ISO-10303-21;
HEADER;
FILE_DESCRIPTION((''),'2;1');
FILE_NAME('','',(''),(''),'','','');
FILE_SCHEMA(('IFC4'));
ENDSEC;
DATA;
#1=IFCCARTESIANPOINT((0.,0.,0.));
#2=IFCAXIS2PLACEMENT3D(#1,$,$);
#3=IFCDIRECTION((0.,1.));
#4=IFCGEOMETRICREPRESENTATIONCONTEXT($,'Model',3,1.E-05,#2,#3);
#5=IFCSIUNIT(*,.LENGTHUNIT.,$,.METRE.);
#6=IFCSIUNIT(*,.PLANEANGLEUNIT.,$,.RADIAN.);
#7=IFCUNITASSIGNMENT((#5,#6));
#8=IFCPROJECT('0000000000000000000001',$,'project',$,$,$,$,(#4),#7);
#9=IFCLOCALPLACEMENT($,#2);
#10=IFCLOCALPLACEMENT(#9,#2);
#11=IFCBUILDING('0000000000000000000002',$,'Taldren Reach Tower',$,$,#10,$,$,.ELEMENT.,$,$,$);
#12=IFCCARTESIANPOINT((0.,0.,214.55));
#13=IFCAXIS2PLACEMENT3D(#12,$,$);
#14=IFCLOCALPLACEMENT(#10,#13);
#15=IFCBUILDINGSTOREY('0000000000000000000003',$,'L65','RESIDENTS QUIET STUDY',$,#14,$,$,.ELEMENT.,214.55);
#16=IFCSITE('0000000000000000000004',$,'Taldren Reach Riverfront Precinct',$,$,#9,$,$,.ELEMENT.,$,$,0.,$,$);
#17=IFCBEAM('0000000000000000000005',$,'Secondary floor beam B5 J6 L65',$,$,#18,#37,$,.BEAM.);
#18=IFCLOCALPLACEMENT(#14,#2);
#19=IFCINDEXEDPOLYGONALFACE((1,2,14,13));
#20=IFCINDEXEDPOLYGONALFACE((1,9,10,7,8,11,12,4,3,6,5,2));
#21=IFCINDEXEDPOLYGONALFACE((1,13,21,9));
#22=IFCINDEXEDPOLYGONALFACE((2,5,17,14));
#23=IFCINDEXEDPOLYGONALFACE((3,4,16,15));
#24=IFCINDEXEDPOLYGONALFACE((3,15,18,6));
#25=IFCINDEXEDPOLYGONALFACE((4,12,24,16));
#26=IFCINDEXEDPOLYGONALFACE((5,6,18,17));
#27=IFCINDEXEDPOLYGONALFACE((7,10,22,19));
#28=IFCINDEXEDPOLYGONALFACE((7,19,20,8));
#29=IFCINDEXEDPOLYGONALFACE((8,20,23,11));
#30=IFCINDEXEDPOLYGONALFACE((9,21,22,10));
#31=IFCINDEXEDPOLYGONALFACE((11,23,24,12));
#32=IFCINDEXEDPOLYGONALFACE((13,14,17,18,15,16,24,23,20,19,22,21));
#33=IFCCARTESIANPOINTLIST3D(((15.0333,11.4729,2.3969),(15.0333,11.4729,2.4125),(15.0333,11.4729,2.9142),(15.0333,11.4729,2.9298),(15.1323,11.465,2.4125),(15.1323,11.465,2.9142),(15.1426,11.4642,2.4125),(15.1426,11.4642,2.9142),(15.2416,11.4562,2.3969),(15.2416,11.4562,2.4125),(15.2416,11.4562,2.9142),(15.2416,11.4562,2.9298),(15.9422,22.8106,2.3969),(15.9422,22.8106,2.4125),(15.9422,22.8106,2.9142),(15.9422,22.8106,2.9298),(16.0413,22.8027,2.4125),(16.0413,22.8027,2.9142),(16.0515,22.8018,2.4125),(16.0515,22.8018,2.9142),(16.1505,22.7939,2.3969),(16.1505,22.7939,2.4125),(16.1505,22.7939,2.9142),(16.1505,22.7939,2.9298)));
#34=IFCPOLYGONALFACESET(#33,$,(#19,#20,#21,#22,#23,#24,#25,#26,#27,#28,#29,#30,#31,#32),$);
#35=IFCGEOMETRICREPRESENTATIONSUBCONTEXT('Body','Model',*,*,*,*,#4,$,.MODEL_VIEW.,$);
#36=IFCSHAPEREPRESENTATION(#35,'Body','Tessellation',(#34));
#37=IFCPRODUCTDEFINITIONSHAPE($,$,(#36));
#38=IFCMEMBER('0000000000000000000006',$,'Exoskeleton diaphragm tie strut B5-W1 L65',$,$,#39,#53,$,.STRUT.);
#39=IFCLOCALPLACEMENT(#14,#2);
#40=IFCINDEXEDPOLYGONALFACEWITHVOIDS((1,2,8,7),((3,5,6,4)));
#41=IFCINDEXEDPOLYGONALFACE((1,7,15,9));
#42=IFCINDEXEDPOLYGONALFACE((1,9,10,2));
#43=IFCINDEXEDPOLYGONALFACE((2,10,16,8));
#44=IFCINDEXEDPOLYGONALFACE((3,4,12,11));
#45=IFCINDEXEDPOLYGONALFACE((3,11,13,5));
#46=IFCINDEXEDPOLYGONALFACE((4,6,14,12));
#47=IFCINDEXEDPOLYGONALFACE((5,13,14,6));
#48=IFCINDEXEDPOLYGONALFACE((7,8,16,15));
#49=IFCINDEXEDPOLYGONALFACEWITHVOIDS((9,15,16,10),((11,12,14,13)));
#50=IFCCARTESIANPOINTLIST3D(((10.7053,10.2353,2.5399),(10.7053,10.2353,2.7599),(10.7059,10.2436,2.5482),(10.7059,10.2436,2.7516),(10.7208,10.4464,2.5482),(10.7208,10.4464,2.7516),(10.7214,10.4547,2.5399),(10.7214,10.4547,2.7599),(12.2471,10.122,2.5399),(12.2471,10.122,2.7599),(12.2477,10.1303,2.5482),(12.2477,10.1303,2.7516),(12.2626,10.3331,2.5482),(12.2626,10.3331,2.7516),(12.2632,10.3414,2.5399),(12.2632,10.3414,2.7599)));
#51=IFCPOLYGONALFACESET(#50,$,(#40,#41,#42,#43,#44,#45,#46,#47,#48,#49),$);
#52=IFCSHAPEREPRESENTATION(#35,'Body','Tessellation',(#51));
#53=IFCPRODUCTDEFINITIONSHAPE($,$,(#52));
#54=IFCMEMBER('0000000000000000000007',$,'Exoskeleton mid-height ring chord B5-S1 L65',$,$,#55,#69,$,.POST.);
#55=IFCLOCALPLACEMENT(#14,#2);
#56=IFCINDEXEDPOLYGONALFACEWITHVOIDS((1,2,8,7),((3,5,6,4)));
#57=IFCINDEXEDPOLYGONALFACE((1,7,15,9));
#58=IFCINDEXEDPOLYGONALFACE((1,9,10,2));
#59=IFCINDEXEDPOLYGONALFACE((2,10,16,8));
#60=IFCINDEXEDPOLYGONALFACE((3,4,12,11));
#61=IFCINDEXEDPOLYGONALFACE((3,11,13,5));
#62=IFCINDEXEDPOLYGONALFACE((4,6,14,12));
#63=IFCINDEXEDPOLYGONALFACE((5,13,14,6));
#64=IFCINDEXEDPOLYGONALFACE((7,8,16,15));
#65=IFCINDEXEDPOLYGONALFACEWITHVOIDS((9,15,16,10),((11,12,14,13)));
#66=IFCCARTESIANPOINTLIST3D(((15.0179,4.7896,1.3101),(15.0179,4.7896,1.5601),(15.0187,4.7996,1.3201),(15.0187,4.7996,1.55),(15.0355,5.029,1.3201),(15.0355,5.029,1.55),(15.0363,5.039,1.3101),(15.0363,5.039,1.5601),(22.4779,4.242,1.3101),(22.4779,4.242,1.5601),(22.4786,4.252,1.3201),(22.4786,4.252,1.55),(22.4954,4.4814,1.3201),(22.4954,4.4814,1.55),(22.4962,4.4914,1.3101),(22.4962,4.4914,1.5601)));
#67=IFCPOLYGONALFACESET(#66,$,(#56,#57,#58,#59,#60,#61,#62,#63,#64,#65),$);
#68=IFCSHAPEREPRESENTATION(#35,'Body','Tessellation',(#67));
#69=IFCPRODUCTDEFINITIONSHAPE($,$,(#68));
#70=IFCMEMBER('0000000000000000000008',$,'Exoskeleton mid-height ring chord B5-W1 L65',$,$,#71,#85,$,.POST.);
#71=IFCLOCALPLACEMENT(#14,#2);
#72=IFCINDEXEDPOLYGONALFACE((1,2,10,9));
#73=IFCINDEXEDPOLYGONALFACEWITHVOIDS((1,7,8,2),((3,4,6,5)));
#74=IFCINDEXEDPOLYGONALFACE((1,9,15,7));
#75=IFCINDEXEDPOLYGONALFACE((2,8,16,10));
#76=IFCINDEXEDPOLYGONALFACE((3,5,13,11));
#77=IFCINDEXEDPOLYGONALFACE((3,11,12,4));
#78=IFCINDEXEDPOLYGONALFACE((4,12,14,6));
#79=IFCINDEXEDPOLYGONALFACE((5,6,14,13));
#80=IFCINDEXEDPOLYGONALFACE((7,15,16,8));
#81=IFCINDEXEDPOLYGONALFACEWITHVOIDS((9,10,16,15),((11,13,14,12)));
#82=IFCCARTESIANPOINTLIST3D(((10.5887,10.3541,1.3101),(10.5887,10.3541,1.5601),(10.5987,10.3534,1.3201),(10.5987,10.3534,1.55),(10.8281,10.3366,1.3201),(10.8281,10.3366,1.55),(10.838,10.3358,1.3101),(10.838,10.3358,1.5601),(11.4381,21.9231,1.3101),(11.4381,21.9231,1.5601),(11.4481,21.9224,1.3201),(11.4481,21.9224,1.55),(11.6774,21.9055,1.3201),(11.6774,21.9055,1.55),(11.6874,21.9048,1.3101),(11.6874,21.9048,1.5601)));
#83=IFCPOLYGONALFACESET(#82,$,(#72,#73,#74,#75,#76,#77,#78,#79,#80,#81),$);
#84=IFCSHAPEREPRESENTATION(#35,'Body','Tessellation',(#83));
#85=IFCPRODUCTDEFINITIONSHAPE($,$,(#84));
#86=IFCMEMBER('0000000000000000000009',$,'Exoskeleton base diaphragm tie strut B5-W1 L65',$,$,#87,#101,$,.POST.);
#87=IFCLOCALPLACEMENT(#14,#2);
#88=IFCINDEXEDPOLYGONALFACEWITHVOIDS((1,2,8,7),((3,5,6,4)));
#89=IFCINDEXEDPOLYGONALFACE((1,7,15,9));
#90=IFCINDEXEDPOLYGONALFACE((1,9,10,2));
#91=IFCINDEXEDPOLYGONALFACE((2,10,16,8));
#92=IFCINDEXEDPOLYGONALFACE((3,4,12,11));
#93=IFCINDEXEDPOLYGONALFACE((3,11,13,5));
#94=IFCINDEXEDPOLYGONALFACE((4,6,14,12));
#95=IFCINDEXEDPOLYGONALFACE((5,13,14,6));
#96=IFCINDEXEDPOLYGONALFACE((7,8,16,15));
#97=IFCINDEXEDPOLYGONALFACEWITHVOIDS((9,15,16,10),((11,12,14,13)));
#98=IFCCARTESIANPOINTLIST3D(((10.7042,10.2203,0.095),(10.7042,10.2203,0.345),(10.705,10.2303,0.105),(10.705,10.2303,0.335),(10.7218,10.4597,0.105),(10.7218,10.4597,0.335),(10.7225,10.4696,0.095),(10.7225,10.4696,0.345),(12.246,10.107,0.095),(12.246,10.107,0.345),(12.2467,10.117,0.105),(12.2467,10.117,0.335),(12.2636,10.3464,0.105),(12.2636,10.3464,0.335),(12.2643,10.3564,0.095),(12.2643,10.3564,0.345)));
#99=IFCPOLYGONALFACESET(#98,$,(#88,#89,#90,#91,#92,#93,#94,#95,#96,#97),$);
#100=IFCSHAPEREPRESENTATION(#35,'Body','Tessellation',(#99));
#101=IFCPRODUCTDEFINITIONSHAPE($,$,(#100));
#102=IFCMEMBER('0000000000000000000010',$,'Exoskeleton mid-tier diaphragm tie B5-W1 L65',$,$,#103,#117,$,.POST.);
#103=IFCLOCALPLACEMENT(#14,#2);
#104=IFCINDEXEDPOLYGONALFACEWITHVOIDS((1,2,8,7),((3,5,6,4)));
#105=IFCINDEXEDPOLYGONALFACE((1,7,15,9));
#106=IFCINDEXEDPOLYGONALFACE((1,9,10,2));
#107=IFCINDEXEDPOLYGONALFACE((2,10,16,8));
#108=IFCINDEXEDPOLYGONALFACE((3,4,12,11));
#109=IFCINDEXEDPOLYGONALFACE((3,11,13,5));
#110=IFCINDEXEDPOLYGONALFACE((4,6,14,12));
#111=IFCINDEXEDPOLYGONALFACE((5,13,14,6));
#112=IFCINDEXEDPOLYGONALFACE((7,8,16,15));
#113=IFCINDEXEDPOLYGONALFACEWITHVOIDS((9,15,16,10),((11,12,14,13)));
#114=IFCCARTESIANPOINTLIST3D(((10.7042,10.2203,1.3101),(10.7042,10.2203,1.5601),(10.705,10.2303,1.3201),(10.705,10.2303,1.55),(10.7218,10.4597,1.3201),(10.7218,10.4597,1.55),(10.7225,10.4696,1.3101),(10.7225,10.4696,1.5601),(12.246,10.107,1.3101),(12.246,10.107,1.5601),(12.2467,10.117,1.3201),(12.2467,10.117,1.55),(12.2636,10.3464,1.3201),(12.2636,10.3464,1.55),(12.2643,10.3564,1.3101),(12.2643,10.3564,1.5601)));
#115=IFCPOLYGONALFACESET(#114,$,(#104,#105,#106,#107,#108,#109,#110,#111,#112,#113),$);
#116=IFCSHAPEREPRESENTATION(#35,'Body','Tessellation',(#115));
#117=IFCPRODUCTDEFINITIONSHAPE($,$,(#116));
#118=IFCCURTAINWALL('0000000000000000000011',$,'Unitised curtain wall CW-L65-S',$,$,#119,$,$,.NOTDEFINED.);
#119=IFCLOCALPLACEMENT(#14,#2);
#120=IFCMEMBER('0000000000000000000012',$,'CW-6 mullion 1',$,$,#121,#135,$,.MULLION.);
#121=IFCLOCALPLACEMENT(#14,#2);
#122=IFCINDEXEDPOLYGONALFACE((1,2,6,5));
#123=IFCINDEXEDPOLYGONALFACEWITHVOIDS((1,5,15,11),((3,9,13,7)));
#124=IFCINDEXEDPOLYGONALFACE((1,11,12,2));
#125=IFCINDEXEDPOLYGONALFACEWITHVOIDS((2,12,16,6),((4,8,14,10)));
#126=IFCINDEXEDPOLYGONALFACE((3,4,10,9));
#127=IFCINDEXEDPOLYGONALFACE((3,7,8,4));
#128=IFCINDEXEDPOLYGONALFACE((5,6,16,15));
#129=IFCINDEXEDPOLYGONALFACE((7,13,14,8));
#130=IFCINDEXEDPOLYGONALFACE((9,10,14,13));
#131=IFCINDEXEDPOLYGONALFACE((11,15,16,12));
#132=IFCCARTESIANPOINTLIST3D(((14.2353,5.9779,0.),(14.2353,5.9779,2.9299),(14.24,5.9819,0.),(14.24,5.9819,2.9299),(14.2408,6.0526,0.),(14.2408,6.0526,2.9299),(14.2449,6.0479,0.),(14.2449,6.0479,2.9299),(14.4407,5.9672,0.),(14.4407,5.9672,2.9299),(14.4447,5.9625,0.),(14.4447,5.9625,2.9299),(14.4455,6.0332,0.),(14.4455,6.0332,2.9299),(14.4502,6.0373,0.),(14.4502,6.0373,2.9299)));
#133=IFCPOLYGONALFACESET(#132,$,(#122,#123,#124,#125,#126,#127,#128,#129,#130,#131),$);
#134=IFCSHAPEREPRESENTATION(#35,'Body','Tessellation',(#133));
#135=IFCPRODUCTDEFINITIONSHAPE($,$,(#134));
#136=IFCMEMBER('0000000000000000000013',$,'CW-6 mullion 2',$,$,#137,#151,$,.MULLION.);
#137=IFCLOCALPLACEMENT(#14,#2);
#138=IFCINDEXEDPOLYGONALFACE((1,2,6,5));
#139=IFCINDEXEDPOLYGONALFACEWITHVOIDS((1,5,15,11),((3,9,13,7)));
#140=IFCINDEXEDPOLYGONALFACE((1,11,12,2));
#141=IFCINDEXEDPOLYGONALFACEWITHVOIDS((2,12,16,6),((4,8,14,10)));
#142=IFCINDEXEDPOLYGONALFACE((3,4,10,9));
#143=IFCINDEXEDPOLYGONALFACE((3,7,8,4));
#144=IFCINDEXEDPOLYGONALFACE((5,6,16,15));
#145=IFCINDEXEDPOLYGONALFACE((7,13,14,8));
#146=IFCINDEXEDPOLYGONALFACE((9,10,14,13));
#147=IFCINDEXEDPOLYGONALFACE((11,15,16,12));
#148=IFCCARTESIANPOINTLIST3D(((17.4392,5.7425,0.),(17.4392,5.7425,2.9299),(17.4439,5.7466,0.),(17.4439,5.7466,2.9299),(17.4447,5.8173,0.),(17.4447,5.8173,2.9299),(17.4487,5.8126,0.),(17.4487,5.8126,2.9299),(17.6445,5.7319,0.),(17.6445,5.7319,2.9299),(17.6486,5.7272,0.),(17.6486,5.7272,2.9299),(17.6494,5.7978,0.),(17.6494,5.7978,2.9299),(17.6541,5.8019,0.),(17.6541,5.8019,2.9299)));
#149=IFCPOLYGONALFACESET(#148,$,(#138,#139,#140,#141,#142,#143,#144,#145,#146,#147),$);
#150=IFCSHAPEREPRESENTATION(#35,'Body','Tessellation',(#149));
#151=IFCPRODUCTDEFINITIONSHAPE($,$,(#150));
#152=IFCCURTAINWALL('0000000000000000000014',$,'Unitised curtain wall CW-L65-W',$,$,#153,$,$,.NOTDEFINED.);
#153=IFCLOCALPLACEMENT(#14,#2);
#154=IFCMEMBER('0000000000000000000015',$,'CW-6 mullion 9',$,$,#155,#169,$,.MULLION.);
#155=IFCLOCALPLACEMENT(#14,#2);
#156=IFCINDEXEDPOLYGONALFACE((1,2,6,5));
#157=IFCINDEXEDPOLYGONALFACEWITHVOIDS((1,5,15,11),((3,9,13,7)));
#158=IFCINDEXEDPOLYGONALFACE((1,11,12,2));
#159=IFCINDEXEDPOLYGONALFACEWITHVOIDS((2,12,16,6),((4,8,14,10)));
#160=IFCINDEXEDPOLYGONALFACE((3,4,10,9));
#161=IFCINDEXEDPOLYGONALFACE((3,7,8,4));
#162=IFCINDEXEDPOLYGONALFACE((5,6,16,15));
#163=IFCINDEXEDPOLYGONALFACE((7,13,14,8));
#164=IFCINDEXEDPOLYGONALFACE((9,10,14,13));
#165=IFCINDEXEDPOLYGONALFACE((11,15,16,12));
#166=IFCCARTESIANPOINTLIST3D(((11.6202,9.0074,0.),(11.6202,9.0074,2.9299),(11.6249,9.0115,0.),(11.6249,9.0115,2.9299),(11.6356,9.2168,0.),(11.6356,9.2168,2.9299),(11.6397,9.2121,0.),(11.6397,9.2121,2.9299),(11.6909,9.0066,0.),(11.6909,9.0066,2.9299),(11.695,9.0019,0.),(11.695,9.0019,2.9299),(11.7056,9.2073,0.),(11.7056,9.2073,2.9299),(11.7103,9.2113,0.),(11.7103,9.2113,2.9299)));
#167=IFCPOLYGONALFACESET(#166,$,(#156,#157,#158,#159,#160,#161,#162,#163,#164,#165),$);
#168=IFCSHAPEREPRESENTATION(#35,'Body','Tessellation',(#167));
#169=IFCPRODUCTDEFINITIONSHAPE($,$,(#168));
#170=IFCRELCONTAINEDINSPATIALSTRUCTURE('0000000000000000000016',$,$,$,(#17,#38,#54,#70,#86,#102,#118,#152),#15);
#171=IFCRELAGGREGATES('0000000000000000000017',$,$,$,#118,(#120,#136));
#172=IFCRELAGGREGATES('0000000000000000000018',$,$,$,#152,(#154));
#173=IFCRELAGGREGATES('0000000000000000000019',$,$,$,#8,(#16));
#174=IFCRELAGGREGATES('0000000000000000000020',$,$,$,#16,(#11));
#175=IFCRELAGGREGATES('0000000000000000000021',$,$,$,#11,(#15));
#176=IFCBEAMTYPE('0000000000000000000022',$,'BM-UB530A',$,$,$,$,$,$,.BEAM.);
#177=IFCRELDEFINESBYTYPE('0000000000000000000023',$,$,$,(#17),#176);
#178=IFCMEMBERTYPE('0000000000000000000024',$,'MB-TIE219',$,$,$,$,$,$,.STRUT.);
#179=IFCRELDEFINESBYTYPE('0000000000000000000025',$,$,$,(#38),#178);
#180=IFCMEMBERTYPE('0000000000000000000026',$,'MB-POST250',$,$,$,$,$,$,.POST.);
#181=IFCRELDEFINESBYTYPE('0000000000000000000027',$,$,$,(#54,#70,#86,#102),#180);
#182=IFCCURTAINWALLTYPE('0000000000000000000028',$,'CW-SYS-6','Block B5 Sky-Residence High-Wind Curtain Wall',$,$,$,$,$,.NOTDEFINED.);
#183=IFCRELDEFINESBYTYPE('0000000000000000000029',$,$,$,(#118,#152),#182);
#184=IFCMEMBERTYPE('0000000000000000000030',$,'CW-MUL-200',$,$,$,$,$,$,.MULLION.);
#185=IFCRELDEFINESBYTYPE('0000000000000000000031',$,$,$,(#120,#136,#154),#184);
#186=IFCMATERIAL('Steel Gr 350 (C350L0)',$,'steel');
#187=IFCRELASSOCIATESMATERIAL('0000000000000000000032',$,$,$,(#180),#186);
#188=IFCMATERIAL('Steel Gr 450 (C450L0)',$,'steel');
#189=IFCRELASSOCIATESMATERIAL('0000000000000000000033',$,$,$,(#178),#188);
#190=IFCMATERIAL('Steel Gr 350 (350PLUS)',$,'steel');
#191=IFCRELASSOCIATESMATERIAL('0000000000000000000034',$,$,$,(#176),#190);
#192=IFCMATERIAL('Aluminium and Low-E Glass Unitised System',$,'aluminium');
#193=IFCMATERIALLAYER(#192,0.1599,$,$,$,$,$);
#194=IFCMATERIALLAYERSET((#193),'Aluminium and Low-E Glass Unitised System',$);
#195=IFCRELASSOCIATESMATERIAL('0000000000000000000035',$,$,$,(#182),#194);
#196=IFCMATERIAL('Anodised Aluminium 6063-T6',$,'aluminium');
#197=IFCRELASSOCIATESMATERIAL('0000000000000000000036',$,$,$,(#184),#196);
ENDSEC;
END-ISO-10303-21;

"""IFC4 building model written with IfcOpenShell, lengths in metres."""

from ifc_helpers import new_model, si_unit, direction, frame, origin, origin_2d, place, context, subcontext, project, spatial, hollow_rectangle, i_section, extrude, source, transform, mapped, material, layer, layer_set, material_profile, profile_set, type_object, element, aggregate, save


model = new_model("IFC4")

# Units and contexts
model_context = context("Model", 3, precision=1e-05, world=origin(), true_north=direction((0.0, 1.0)))
body_context = subcontext(model_context, "Body", "Model", "MODEL_VIEW")
ifc_project = project(units=[si_unit("LENGTHUNIT", "METRE"), si_unit("PLANEANGLEUNIT", "RADIAN")], contexts=[model_context])

# Site, building, storey
site_placement = place(None, origin())
site = spatial("IfcSite", under=ifc_project, at=site_placement, Name="Taldren Reach Riverfront Precinct", CompositionType="ELEMENT", RefElevation=0.0)
building_placement = place(site_placement, origin())
building = spatial("IfcBuilding", under=site, at=building_placement, Name="Taldren Reach Tower", CompositionType="ELEMENT")
storey_placement = place(building_placement, frame((0.0, 0.0, 214.55)))
storey = spatial("IfcBuildingStorey", under=building, at=storey_placement, Name="L65", Description="RESIDENTS QUIET STUDY", CompositionType="ELEMENT", Elevation=214.55)

# Shared definitions
ifc_material_1 = material(Name="Steel Gr 350 (C350L0)", Category="steel")
ifc_material_2 = material(Name="Steel Gr 350 (350PLUS)", Category="steel")

# Shared definitions
ifc_material_profile_1 = material_profile(ifc_material_1, hollow_rectangle(XDim=0.25, YDim=0.25, WallThickness=0.01, at=origin_2d()), Name="250x250x10.0SHS")
ifc_profile_set_1 = profile_set([ifc_material_profile_1], Name="Steel Gr 350 (C350L0)")
member_type_1 = type_object("IfcMemberType", Name="MB-POST250", PredefinedType="POST", material=ifc_profile_set_1)
ifc_material_3 = material(Name="Steel Gr 450 (C450L0)", Category="steel")
ifc_material_profile_2 = material_profile(ifc_material_3, hollow_rectangle(XDim=0.22, YDim=0.22, WallThickness=0.0083, at=origin_2d()), Name="220x220x8.2SHS")
ifc_profile_set_2 = profile_set([ifc_material_profile_2], Name="Steel Gr 450 (C450L0)")
member_type_2 = type_object("IfcMemberType", Name="MB-TIE219", PredefinedType="STRUT", material=ifc_profile_set_2)

# Beam
ifc_material_profile_3 = material_profile(ifc_material_2, i_section(OverallWidth=0.209, OverallDepth=0.533, WebThickness=0.0103, FlangeThickness=0.0156, at=origin_2d()), Name="530UB92.4")
ifc_profile_set_3 = profile_set([ifc_material_profile_3], Name="Steel Gr 350 (350PLUS)")
beam_type_1 = type_object("IfcBeamType", Name="BM-UB530A", PredefinedType="BEAM", material=ifc_profile_set_3)
shared_shape_1 = source(origin(), body_context, "Body", "SweptSolid", [
    extrude(i_section(OverallWidth=0.209, OverallDepth=0.533, WebThickness=0.0103, FlangeThickness=0.0156, at=origin_2d()), origin(), (0.0, 0.0, 1.0), 11.374),
])
beam_1_placement = place(storey_placement, frame((15.1375, 11.4646, 2.6633), z_axis=(0.079913, 0.996802, 0.0), x_axis=(-0.996802, 0.079913, 0.0)))
element("IfcBeam", 1, at=beam_1_placement, inside=storey, type_object=beam_type_1, Name="Secondary floor beam B5 J6 L65", PredefinedType="BEAM", context=body_context, shape_type="MappedRepresentation", body=[
    mapped(shared_shape_1, transform((0.0, 0.0, 0.0), scale=1.0)),
])

# Members
shared_shape_2 = source(origin(), body_context, "Body", "SweptSolid", [
    extrude(hollow_rectangle(XDim=0.22, YDim=0.22, WallThickness=0.0083, at=origin_2d()), origin(), (0.0, 0.0, 1.0), 1.5459),
])
member_1_placement = place(storey_placement, frame((12.2551, 10.2317, 2.6499), z_axis=(-0.997312, 0.073278, 0.0), x_axis=(-0.073278, -0.997312, 0.0)))
element("IfcMember", 2, at=member_1_placement, inside=storey, type_object=member_type_2, Name="Exoskeleton diaphragm tie strut B5-W1 L65", PredefinedType="STRUT", context=body_context, shape_type="MappedRepresentation", body=[
    mapped(shared_shape_2, transform((0.0, 0.0, 0.0), scale=1.0)),
])
shared_shape_3 = source(origin(), body_context, "Body", "SweptSolid", [
    extrude(hollow_rectangle(XDim=0.25, YDim=0.25, WallThickness=0.01, at=origin_2d()), origin(), (0.0, 0.0, 1.0), 7.48),
])
member_2_placement = place(storey_placement, frame((15.0271, 4.9143, 1.4351), z_axis=(0.997317, -0.073209, 0.0), x_axis=(0.073209, 0.997317, 0.0)))
element("IfcMember", 3, at=member_2_placement, inside=storey, type_object=member_type_1, Name="Exoskeleton mid-height ring chord B5-S1 L65", PredefinedType="POST", context=body_context, shape_type="MappedRepresentation", body=[
    mapped(shared_shape_3, transform((0.0, 0.0, 0.0), scale=1.0)),
])
shared_shape_4 = source(origin(), body_context, "Body", "SweptSolid", [
    extrude(hollow_rectangle(XDim=0.25, YDim=0.25, WallThickness=0.01, at=origin_2d()), origin(), (0.0, 0.0, 1.0), 11.6001),
])
member_3_placement = place(storey_placement, frame((10.7134, 10.345, 1.4351), z_axis=(0.073221, 0.997316, 0.0), x_axis=(-0.997316, 0.073221, 0.0)))
element("IfcMember", 4, at=member_3_placement, inside=storey, type_object=member_type_1, Name="Exoskeleton mid-height ring chord B5-W1 L65", PredefinedType="POST", context=body_context, shape_type="MappedRepresentation", body=[
    mapped(shared_shape_4, transform((0.0, 0.0, 0.0), scale=1.0)),
])
shared_shape_5 = source(origin(), body_context, "Body", "SweptSolid", [
    extrude(hollow_rectangle(XDim=0.25, YDim=0.25, WallThickness=0.01, at=origin_2d()), origin(), (0.0, 0.0, 1.0), 1.5459),
])
for number, where, z_axis, x_axis, name in (
    (5, (12.2551, 10.2317, 0.22), (-0.997312, 0.073278, 0.0), (-0.073278, -0.997312, 0.0), "Exoskeleton base diaphragm tie strut B5-W1 L65"),
    (6, (12.2551, 10.2317, 1.4351), (-0.997312, 0.073278, 0.0), (-0.073278, -0.997312, 0.0), "Exoskeleton mid-tier diaphragm tie B5-W1 L65"),
):
    element("IfcMember", number, at=place(storey_placement, frame(where, z_axis=z_axis, x_axis=x_axis)), inside=storey, type_object=member_type_1, Name=name, PredefinedType="POST", context=body_context, shape_type="MappedRepresentation", body=[
        mapped(shared_shape_5, transform((0.0, 0.0, 0.0), scale=1.0)),
    ])

# Curtain wall, members
ifc_material_4 = material(Name="Aluminium and Low-E Glass Unitised System", Category="aluminium")
ifc_layer_1 = layer(ifc_material_4, 0.1599)
ifc_layer_set_1 = layer_set([ifc_layer_1], Name="Aluminium and Low-E Glass Unitised System")
curtain_wall_type = type_object("IfcCurtainWallType", Name="CW-SYS-6", Description="Block B5 Sky-Residence High-Wind Curtain Wall", PredefinedType="NOTDEFINED", material=ifc_layer_set_1)
curtain_wall_1_placement = place(storey_placement, origin())
curtain_wall_1 = element("IfcCurtainWall", 7, at=curtain_wall_1_placement, inside=storey, type_object=curtain_wall_type, Name="Unitised curtain wall CW-L65-S", PredefinedType="NOTDEFINED")
ifc_material_5 = material(Name="Anodised Aluminium 6063-T6", Category="aluminium")
ifc_material_profile_4 = material_profile(ifc_material_5, hollow_rectangle(XDim=0.075, YDim=0.21, WallThickness=0.0044, at=origin_2d()), Name="ALU-210x75x4.5RHS")
ifc_profile_set_4 = profile_set([ifc_material_profile_4], Name="Anodised Aluminium 6063-T6")
member_type_3 = type_object("IfcMemberType", Name="CW-MUL-200", PredefinedType="MULLION", material=ifc_profile_set_4)
shared_shape_6 = source(origin(), body_context, "Body", "SweptSolid", [
    extrude(hollow_rectangle(XDim=0.075, YDim=0.21, WallThickness=0.0044, at=origin_2d()), origin(), (0.0, 0.0, 1.0), 2.9299),
])
member_4_placement = place(storey_placement, frame((14.3428, 6.0076, 0.0), z_axis=(0.0, 0.0, 1.0), x_axis=(0.073238, 0.997314, 0.0)))
member_4 = element("IfcMember", 8, at=member_4_placement, type_object=member_type_3, Name="CW-6 mullion 1", PredefinedType="MULLION", context=body_context, shape_type="MappedRepresentation", body=[
    mapped(shared_shape_6, transform((0.0, 0.0, 0.0), scale=1.0)),
])
member_5_placement = place(storey_placement, frame((17.5466, 5.7722, 0.0), z_axis=(0.0, 0.0, 1.0), x_axis=(0.073238, 0.997314, 0.0)))
member_5 = element("IfcMember", 9, at=member_5_placement, type_object=member_type_3, Name="CW-6 mullion 2", PredefinedType="MULLION", context=body_context, shape_type="MappedRepresentation", body=[
    mapped(shared_shape_6, transform((0.0, 0.0, 0.0), scale=1.0)),
])

# Curtain wall, member
curtain_wall_2_placement = place(storey_placement, origin())
curtain_wall_2 = element("IfcCurtainWall", 10, at=curtain_wall_2_placement, inside=storey, type_object=curtain_wall_type, Name="Unitised curtain wall CW-L65-W", PredefinedType="NOTDEFINED")
member_6_placement = place(storey_placement, frame((11.6653, 9.1094, 0.0), z_axis=(0.0, 0.0, 1.0), x_axis=(0.997314, -0.073238, 0.0)))
member_6 = element("IfcMember", 11, at=member_6_placement, type_object=member_type_3, Name="CW-6 mullion 9", PredefinedType="MULLION", context=body_context, shape_type="MappedRepresentation", body=[
    mapped(shared_shape_6, transform((0.0, 0.0, 0.0), scale=1.0)),
])

aggregate(curtain_wall_1, [member_4, member_5])
aggregate(curtain_wall_2, [member_6])

save(model, "model.ifc")
